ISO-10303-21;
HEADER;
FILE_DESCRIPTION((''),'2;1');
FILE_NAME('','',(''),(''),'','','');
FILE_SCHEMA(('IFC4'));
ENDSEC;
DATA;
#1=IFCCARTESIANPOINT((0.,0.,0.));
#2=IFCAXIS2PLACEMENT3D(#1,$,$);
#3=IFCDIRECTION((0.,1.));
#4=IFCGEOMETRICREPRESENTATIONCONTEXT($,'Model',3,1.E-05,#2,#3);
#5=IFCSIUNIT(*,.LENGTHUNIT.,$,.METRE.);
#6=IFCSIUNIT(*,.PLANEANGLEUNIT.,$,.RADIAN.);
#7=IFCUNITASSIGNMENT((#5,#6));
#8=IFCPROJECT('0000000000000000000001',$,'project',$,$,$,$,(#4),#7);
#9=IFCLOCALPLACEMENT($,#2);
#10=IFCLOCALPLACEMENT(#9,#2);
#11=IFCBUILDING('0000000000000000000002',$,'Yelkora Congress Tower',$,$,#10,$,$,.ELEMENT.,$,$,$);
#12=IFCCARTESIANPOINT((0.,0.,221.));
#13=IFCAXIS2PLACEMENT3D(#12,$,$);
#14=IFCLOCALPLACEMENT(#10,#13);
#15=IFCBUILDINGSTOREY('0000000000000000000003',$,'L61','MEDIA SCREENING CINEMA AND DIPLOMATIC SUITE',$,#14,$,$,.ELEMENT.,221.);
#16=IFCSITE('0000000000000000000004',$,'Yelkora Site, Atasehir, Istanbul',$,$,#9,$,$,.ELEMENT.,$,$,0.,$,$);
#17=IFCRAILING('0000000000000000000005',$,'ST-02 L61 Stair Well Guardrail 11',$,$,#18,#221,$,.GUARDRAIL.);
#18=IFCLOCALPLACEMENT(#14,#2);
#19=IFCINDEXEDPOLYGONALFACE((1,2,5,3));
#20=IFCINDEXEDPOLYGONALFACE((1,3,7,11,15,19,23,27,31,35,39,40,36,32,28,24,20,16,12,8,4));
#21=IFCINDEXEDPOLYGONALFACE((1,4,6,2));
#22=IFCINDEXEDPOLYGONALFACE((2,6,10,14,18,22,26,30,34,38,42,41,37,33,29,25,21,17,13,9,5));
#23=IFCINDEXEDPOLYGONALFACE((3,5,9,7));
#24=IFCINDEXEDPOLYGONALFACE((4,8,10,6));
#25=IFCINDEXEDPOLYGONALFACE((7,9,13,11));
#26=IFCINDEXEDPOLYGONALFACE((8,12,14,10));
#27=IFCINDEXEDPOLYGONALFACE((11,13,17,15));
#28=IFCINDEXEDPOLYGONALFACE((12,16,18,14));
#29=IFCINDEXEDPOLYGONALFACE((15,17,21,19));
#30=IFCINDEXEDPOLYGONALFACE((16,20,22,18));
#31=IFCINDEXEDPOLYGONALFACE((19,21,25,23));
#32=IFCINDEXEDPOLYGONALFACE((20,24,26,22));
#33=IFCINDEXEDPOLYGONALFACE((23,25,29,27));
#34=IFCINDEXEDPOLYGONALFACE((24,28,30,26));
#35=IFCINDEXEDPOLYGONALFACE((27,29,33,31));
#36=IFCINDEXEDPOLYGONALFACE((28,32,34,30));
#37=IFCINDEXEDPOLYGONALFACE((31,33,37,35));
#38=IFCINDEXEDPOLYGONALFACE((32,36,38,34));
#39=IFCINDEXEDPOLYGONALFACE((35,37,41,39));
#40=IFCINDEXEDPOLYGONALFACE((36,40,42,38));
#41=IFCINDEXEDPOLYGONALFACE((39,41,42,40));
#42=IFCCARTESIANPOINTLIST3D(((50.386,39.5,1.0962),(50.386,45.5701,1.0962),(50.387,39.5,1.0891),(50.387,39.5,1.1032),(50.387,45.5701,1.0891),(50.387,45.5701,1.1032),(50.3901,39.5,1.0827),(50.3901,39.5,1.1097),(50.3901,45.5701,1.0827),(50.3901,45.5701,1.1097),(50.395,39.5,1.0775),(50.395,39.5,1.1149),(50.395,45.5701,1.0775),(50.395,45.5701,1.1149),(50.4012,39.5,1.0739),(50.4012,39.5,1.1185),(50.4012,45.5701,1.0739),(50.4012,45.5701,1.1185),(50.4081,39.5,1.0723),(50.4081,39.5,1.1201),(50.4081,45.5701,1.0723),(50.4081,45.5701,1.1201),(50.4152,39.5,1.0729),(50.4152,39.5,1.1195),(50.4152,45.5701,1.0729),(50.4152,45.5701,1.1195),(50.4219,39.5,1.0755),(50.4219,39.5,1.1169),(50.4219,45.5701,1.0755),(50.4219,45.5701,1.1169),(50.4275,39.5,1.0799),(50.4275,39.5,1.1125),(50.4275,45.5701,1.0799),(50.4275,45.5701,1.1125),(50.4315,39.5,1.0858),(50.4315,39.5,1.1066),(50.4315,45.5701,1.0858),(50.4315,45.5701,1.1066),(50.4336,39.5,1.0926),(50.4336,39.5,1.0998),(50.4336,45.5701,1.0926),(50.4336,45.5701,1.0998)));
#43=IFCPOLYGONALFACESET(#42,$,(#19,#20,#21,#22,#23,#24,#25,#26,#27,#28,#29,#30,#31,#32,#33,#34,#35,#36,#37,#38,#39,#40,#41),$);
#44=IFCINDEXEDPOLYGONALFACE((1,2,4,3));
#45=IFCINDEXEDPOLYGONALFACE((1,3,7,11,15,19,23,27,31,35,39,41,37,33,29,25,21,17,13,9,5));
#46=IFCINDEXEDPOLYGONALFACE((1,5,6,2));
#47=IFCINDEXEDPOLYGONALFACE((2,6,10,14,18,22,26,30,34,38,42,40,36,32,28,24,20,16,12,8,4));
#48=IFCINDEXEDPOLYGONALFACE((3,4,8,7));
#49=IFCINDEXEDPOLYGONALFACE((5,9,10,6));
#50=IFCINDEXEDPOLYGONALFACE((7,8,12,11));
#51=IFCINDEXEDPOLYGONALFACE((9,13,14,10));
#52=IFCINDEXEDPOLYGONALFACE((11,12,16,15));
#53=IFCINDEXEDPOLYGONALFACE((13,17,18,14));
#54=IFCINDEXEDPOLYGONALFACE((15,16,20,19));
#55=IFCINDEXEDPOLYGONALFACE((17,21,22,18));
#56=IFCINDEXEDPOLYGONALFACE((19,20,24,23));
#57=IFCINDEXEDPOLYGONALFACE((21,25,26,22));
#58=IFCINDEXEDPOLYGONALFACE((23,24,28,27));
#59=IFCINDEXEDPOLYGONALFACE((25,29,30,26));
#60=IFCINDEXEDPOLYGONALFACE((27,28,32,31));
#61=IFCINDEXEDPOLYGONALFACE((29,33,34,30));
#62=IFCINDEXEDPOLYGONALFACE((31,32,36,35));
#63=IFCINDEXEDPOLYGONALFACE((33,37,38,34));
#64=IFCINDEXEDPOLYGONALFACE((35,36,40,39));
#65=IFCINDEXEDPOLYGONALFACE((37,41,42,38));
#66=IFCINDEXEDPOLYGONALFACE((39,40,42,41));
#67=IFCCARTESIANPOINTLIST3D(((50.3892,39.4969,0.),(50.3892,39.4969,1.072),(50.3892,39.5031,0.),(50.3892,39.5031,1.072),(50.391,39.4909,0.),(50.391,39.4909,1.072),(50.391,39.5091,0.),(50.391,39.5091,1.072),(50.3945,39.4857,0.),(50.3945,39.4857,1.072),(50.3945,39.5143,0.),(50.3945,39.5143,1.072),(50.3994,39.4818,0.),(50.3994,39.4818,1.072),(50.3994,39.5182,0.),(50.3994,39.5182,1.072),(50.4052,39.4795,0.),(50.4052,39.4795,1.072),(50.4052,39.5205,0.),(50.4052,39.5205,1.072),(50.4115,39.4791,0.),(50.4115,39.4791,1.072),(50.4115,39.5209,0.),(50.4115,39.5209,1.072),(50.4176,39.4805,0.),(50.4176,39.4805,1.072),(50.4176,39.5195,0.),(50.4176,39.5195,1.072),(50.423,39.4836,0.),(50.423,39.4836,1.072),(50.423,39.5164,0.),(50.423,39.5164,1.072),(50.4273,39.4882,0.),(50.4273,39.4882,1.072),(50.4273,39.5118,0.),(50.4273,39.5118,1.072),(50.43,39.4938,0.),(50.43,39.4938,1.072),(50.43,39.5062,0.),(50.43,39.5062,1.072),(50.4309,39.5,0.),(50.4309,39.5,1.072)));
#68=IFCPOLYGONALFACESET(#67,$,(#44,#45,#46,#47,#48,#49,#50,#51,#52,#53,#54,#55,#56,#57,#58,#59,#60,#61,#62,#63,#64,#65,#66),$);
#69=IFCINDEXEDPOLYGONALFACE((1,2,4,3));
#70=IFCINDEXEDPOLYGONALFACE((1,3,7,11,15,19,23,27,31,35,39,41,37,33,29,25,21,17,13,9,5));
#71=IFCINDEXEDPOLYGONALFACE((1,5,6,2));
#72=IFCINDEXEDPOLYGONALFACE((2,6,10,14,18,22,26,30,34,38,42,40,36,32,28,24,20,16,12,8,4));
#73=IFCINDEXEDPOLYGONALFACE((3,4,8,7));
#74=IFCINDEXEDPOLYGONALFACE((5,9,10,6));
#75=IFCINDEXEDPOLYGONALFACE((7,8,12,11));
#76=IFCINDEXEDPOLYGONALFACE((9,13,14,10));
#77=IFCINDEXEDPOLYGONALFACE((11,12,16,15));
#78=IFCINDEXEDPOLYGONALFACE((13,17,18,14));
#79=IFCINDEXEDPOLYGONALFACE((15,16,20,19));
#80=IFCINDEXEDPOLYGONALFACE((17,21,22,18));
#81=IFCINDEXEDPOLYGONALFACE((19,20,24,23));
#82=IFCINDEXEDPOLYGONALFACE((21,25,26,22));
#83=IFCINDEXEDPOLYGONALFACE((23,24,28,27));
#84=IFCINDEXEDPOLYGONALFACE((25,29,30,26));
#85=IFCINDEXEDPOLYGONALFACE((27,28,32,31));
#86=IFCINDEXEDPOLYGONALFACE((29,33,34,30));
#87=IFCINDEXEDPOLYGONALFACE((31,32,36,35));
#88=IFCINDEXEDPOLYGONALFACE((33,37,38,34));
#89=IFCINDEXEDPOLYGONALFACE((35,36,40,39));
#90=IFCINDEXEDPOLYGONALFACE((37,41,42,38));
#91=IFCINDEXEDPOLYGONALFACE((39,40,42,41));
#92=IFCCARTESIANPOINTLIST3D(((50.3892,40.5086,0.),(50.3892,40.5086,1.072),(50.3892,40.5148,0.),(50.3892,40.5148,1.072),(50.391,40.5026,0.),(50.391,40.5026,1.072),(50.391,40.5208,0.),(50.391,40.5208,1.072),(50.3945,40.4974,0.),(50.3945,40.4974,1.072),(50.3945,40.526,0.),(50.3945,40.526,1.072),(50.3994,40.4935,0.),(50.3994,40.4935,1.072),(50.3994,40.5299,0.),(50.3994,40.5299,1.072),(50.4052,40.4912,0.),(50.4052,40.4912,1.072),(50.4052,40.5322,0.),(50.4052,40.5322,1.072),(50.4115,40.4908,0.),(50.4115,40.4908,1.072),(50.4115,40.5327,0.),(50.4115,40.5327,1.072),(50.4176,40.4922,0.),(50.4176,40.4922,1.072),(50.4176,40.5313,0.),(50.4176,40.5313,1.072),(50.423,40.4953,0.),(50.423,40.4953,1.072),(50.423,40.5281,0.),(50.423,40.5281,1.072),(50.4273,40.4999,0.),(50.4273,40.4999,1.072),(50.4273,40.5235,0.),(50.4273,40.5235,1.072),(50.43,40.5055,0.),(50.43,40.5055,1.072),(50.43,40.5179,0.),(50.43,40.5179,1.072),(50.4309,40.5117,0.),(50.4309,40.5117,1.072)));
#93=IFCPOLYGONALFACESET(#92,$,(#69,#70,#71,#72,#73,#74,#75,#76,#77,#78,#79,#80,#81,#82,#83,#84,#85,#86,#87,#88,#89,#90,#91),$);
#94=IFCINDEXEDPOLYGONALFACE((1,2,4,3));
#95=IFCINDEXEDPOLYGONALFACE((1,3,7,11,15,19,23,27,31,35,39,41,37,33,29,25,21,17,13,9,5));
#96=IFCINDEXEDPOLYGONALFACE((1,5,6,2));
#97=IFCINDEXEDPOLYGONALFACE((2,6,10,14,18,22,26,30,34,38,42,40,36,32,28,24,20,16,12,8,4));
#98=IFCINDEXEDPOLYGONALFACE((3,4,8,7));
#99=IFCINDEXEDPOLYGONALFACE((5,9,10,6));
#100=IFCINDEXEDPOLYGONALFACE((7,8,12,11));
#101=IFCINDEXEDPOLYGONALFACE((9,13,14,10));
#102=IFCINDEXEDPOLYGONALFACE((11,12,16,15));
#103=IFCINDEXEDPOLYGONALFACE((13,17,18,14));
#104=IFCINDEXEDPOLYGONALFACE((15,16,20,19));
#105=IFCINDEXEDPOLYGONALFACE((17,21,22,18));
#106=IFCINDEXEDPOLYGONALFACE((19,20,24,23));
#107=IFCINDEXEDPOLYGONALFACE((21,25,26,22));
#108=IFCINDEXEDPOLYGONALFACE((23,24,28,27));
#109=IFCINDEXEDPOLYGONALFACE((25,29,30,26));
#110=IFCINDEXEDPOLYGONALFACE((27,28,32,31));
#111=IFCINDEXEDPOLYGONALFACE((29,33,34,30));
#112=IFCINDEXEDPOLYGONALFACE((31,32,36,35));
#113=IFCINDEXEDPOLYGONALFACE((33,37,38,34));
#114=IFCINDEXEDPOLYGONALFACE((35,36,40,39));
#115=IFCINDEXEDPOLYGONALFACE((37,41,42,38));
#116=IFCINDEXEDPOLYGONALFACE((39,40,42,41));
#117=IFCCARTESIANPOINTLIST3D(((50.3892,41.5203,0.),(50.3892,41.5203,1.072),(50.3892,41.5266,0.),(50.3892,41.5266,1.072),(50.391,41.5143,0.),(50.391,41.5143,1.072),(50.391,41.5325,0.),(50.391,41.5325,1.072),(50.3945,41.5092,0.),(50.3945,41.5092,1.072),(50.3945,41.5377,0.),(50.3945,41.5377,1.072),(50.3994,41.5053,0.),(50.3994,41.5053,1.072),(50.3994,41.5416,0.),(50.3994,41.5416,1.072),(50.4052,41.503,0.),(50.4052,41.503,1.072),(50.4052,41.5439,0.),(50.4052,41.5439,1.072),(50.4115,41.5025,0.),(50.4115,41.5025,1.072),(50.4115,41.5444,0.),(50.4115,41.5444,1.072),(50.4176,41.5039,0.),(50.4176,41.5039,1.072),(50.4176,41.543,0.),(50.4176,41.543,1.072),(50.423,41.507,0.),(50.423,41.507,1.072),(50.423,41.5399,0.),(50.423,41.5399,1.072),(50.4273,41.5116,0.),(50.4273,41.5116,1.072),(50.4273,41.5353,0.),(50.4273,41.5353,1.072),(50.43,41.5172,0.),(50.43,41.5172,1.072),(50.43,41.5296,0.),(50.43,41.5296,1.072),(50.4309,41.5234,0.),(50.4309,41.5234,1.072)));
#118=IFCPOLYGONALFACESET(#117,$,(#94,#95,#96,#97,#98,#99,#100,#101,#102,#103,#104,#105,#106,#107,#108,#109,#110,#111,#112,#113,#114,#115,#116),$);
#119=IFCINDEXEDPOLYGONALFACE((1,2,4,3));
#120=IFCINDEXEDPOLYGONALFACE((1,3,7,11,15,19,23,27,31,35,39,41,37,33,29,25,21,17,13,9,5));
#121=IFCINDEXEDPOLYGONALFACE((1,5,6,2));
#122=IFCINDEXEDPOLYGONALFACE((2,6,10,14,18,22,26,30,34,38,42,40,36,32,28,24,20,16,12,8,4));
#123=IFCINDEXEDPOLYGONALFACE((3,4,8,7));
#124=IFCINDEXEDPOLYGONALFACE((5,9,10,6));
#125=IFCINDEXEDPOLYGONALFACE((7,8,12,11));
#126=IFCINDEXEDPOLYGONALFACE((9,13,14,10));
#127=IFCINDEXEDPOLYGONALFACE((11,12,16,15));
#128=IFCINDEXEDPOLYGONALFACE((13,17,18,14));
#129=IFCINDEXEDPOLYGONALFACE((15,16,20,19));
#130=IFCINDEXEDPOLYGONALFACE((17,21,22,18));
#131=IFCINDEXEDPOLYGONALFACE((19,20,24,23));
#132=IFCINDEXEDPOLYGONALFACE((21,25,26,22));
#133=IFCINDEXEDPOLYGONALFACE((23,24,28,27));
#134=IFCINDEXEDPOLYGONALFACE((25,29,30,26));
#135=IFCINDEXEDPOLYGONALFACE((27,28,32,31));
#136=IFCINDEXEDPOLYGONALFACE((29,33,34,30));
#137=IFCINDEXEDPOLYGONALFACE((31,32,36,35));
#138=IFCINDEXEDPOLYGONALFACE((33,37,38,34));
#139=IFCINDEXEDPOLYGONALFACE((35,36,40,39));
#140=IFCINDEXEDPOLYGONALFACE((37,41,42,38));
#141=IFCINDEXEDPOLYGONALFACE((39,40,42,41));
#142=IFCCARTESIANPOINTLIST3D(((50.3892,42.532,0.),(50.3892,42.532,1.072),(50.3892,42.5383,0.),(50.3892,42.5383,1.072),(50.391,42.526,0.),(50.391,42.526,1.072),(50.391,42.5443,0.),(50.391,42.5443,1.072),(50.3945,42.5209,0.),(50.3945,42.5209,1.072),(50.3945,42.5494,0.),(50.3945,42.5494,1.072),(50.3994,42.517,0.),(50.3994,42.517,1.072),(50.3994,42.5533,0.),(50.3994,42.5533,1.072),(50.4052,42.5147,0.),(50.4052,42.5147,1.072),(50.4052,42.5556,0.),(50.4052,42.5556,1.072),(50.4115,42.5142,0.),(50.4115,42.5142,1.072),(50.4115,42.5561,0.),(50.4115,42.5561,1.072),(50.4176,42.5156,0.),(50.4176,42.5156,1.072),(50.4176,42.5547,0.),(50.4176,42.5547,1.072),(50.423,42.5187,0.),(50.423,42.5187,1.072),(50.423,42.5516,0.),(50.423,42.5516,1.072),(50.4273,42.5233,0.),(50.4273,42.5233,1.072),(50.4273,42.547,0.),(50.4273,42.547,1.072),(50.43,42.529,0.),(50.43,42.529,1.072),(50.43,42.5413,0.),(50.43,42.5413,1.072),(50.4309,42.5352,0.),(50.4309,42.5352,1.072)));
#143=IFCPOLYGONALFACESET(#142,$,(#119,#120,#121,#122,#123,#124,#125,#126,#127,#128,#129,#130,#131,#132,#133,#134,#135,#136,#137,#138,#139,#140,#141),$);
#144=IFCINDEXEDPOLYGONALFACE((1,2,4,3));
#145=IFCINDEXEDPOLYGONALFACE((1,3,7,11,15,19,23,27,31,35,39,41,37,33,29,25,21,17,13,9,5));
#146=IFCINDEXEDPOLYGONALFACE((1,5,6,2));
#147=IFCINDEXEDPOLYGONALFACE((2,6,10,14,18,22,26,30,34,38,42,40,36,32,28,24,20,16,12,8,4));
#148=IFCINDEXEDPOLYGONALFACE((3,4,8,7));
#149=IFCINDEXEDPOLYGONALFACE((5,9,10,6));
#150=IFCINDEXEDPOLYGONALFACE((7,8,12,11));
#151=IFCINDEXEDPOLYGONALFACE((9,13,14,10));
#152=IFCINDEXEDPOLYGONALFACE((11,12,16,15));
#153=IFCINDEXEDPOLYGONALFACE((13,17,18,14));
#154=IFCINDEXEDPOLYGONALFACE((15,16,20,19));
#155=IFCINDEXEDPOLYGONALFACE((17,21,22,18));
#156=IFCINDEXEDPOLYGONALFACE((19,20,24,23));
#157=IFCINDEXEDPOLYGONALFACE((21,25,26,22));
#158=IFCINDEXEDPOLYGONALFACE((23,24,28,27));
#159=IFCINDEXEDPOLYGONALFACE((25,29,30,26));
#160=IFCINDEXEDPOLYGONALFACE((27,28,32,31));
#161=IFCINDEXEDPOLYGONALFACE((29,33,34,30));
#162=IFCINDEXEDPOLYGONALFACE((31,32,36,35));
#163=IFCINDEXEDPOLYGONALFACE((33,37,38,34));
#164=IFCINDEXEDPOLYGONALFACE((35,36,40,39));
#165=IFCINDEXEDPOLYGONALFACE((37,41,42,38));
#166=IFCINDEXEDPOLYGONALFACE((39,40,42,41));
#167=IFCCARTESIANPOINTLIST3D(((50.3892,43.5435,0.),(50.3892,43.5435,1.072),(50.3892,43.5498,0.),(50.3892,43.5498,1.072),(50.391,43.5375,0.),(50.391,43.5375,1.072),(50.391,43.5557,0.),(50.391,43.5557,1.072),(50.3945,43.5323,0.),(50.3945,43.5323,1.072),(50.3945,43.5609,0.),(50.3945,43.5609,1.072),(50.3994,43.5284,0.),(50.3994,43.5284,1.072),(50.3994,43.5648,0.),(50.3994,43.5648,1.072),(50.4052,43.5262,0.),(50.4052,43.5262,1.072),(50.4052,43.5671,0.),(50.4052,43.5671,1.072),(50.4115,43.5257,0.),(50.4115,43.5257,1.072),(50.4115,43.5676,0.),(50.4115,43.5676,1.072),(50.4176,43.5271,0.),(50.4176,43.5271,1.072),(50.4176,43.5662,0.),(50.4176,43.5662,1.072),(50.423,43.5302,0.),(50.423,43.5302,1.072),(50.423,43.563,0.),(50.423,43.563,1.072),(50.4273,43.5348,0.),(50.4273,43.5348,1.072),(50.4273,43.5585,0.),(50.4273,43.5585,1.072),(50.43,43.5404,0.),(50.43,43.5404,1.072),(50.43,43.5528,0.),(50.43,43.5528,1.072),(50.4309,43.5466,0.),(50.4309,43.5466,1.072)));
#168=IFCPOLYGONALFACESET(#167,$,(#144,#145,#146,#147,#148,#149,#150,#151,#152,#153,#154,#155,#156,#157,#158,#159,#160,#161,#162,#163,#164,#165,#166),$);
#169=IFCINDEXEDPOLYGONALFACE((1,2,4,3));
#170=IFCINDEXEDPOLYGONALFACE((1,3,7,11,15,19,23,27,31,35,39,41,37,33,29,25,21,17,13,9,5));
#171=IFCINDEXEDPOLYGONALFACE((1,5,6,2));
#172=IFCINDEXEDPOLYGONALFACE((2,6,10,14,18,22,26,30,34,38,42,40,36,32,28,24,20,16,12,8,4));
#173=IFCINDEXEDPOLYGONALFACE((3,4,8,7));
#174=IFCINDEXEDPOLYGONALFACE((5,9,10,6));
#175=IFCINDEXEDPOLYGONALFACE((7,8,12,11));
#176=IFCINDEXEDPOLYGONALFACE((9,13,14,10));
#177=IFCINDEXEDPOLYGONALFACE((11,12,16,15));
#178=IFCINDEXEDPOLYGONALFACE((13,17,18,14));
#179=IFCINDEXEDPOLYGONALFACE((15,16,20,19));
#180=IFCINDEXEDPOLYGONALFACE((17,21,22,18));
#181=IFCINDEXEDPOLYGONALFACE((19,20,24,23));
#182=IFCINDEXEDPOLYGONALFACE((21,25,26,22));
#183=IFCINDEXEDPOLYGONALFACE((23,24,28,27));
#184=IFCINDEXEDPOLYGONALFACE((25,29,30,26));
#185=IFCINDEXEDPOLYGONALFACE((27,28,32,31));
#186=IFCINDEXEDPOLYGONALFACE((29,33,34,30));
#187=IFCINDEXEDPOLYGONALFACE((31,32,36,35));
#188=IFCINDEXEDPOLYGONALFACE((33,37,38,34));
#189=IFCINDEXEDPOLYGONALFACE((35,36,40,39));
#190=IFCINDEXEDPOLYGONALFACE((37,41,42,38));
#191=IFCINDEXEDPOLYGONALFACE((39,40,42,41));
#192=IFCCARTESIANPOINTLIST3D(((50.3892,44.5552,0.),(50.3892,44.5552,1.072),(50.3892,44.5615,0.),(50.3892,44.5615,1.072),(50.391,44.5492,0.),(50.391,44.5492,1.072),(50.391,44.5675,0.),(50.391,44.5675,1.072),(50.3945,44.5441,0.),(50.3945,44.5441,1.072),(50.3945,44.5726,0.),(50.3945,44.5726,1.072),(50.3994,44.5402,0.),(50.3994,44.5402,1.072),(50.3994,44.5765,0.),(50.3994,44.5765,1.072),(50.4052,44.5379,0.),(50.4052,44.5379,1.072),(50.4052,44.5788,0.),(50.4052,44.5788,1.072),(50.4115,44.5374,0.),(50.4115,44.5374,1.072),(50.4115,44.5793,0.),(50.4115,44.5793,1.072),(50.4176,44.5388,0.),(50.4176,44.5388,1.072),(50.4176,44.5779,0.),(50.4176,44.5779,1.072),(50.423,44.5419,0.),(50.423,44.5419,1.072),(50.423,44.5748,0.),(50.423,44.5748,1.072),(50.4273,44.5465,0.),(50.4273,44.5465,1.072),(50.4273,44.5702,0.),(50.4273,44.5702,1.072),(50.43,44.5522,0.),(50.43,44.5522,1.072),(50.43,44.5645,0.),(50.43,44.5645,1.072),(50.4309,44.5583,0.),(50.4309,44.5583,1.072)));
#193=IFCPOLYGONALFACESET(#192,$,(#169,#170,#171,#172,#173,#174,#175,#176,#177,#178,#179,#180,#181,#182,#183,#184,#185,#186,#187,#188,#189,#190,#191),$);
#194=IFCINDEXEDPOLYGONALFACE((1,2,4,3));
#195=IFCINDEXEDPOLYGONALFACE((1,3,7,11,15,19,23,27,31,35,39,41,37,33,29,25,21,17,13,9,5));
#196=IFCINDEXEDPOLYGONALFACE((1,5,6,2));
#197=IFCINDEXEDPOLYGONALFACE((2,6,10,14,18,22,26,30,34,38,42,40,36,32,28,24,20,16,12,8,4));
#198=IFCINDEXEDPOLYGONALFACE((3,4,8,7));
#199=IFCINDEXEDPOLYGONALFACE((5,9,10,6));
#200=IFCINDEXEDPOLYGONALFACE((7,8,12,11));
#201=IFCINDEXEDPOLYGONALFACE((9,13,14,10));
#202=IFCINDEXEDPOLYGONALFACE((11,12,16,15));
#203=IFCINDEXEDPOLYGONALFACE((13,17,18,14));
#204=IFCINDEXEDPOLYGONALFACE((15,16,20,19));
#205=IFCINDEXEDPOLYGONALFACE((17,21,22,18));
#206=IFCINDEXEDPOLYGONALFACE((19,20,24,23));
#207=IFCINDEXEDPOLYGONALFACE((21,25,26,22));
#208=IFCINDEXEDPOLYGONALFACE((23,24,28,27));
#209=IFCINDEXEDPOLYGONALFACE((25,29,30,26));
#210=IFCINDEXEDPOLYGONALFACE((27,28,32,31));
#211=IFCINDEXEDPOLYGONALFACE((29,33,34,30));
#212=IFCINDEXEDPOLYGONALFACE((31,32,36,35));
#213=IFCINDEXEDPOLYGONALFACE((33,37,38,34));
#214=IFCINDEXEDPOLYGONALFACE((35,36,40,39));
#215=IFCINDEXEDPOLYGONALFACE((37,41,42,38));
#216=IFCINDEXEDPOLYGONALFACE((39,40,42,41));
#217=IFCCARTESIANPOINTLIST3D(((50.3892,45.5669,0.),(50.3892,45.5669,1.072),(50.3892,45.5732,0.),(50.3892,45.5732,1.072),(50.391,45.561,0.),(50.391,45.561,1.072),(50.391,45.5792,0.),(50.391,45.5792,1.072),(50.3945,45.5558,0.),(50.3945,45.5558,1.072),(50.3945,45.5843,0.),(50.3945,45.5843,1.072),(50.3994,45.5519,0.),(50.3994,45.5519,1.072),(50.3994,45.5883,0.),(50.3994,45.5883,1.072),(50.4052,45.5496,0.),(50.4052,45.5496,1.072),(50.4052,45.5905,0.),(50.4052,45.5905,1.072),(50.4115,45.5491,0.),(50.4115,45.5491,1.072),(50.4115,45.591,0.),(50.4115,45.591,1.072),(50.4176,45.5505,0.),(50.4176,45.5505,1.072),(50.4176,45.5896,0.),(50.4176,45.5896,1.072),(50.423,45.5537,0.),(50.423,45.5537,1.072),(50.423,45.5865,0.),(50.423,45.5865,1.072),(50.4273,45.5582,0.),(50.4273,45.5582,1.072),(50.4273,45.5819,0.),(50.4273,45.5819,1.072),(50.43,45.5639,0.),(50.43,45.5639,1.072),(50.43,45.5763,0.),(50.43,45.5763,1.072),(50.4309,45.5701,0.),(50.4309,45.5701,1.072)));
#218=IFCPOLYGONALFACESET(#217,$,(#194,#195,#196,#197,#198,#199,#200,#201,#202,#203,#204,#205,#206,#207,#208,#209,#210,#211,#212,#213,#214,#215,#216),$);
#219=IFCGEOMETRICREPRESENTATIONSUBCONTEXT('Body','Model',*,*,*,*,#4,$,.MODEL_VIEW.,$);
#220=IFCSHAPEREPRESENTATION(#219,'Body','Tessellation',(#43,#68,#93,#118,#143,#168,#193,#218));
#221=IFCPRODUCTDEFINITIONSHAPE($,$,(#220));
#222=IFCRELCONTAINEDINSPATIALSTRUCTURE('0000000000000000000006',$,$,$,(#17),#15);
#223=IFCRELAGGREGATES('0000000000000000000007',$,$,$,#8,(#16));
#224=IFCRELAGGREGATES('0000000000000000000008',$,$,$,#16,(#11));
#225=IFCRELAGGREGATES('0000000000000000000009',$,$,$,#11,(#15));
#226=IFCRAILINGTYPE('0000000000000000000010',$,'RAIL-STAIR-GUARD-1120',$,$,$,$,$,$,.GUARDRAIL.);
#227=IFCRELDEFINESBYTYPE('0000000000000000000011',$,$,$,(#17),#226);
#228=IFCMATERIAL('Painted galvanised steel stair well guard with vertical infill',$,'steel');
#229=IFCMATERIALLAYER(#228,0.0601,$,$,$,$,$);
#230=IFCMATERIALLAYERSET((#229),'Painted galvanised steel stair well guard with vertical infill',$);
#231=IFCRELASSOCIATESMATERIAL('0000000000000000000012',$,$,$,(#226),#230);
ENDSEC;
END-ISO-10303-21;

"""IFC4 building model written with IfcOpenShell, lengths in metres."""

from ifc_helpers import new_model, si_unit, direction, frame, origin, origin_2d, place, context, subcontext, project, spatial, circle, extrude, material, layer, layer_set, type_object, element, save


model = new_model("IFC4")

# Units and contexts
model_context = context("Model", 3, precision=1e-05, world=origin(), true_north=direction((0.0, 1.0)))
body_context = subcontext(model_context, "Body", "Model", "MODEL_VIEW")
ifc_project = project(units=[si_unit("LENGTHUNIT", "METRE"), si_unit("PLANEANGLEUNIT", "RADIAN")], contexts=[model_context])

# Site, building, storey
site_placement = place(None, origin())
site = spatial("IfcSite", under=ifc_project, at=site_placement, Name="Yelkora Site, Atasehir, Istanbul", CompositionType="ELEMENT", RefElevation=0.0)
building_placement = place(site_placement, origin())
building = spatial("IfcBuilding", under=site, at=building_placement, Name="Yelkora Congress Tower", CompositionType="ELEMENT")
storey_placement = place(building_placement, frame((0.0, 0.0, 221.0)))
storey = spatial("IfcBuildingStorey", under=building, at=storey_placement, Name="L61", Description="MEDIA SCREENING CINEMA AND DIPLOMATIC SUITE", CompositionType="ELEMENT", Elevation=221.0)

# Railing
ifc_material_1 = material(Name="Painted galvanised steel stair well guard with vertical infill", Category="steel")
ifc_layer_1 = layer(ifc_material_1, 0.0601)
ifc_layer_set_1 = layer_set([ifc_layer_1], Name="Painted galvanised steel stair well guard with vertical infill")
railing_type_1 = type_object("IfcRailingType", Name="RAIL-STAIR-GUARD-1120", PredefinedType="GUARDRAIL", material=ifc_layer_set_1)
railing_1_placement = place(storey_placement, frame((50.4099, 39.5, 0.0)))
element("IfcRailing", 1, at=railing_1_placement, inside=storey, type_object=railing_type_1, Name="ST-02 L61 Stair Well Guardrail 11", PredefinedType="GUARDRAIL", context=body_context, shape_type="SweptSolid", body=[
    extrude(circle(Radius=0.0239, at=origin_2d()), frame((0.0, 0.0, 1.0962), z_axis=(0.0, 1.0, 0.0), x_axis=(-1.0, 0.0, 0.0)), (0.0, 0.0, 1.0), 6.0701),
    extrude(circle(Radius=0.021, at=origin_2d()), origin(), (0.0, 0.0, 1.0), 1.072),
    extrude(circle(Radius=0.021, at=origin_2d()), frame((0.0, 1.0117, 0.0)), (0.0, 0.0, 1.0), 1.072),
    extrude(circle(Radius=0.021, at=origin_2d()), frame((0.0, 2.0234, 0.0)), (0.0, 0.0, 1.0), 1.072),
    extrude(circle(Radius=0.021, at=origin_2d()), frame((0.0, 3.0352, 0.0)), (0.0, 0.0, 1.0), 1.072),
    extrude(circle(Radius=0.021, at=origin_2d()), frame((0.0, 4.0466, 0.0)), (0.0, 0.0, 1.0), 1.072),
    extrude(circle(Radius=0.021, at=origin_2d()), frame((0.0, 5.0583, 0.0)), (0.0, 0.0, 1.0), 1.072),
    extrude(circle(Radius=0.021, at=origin_2d()), frame((0.0, 6.0701, 0.0)), (0.0, 0.0, 1.0), 1.072),
])

save(model, "model.ifc")
